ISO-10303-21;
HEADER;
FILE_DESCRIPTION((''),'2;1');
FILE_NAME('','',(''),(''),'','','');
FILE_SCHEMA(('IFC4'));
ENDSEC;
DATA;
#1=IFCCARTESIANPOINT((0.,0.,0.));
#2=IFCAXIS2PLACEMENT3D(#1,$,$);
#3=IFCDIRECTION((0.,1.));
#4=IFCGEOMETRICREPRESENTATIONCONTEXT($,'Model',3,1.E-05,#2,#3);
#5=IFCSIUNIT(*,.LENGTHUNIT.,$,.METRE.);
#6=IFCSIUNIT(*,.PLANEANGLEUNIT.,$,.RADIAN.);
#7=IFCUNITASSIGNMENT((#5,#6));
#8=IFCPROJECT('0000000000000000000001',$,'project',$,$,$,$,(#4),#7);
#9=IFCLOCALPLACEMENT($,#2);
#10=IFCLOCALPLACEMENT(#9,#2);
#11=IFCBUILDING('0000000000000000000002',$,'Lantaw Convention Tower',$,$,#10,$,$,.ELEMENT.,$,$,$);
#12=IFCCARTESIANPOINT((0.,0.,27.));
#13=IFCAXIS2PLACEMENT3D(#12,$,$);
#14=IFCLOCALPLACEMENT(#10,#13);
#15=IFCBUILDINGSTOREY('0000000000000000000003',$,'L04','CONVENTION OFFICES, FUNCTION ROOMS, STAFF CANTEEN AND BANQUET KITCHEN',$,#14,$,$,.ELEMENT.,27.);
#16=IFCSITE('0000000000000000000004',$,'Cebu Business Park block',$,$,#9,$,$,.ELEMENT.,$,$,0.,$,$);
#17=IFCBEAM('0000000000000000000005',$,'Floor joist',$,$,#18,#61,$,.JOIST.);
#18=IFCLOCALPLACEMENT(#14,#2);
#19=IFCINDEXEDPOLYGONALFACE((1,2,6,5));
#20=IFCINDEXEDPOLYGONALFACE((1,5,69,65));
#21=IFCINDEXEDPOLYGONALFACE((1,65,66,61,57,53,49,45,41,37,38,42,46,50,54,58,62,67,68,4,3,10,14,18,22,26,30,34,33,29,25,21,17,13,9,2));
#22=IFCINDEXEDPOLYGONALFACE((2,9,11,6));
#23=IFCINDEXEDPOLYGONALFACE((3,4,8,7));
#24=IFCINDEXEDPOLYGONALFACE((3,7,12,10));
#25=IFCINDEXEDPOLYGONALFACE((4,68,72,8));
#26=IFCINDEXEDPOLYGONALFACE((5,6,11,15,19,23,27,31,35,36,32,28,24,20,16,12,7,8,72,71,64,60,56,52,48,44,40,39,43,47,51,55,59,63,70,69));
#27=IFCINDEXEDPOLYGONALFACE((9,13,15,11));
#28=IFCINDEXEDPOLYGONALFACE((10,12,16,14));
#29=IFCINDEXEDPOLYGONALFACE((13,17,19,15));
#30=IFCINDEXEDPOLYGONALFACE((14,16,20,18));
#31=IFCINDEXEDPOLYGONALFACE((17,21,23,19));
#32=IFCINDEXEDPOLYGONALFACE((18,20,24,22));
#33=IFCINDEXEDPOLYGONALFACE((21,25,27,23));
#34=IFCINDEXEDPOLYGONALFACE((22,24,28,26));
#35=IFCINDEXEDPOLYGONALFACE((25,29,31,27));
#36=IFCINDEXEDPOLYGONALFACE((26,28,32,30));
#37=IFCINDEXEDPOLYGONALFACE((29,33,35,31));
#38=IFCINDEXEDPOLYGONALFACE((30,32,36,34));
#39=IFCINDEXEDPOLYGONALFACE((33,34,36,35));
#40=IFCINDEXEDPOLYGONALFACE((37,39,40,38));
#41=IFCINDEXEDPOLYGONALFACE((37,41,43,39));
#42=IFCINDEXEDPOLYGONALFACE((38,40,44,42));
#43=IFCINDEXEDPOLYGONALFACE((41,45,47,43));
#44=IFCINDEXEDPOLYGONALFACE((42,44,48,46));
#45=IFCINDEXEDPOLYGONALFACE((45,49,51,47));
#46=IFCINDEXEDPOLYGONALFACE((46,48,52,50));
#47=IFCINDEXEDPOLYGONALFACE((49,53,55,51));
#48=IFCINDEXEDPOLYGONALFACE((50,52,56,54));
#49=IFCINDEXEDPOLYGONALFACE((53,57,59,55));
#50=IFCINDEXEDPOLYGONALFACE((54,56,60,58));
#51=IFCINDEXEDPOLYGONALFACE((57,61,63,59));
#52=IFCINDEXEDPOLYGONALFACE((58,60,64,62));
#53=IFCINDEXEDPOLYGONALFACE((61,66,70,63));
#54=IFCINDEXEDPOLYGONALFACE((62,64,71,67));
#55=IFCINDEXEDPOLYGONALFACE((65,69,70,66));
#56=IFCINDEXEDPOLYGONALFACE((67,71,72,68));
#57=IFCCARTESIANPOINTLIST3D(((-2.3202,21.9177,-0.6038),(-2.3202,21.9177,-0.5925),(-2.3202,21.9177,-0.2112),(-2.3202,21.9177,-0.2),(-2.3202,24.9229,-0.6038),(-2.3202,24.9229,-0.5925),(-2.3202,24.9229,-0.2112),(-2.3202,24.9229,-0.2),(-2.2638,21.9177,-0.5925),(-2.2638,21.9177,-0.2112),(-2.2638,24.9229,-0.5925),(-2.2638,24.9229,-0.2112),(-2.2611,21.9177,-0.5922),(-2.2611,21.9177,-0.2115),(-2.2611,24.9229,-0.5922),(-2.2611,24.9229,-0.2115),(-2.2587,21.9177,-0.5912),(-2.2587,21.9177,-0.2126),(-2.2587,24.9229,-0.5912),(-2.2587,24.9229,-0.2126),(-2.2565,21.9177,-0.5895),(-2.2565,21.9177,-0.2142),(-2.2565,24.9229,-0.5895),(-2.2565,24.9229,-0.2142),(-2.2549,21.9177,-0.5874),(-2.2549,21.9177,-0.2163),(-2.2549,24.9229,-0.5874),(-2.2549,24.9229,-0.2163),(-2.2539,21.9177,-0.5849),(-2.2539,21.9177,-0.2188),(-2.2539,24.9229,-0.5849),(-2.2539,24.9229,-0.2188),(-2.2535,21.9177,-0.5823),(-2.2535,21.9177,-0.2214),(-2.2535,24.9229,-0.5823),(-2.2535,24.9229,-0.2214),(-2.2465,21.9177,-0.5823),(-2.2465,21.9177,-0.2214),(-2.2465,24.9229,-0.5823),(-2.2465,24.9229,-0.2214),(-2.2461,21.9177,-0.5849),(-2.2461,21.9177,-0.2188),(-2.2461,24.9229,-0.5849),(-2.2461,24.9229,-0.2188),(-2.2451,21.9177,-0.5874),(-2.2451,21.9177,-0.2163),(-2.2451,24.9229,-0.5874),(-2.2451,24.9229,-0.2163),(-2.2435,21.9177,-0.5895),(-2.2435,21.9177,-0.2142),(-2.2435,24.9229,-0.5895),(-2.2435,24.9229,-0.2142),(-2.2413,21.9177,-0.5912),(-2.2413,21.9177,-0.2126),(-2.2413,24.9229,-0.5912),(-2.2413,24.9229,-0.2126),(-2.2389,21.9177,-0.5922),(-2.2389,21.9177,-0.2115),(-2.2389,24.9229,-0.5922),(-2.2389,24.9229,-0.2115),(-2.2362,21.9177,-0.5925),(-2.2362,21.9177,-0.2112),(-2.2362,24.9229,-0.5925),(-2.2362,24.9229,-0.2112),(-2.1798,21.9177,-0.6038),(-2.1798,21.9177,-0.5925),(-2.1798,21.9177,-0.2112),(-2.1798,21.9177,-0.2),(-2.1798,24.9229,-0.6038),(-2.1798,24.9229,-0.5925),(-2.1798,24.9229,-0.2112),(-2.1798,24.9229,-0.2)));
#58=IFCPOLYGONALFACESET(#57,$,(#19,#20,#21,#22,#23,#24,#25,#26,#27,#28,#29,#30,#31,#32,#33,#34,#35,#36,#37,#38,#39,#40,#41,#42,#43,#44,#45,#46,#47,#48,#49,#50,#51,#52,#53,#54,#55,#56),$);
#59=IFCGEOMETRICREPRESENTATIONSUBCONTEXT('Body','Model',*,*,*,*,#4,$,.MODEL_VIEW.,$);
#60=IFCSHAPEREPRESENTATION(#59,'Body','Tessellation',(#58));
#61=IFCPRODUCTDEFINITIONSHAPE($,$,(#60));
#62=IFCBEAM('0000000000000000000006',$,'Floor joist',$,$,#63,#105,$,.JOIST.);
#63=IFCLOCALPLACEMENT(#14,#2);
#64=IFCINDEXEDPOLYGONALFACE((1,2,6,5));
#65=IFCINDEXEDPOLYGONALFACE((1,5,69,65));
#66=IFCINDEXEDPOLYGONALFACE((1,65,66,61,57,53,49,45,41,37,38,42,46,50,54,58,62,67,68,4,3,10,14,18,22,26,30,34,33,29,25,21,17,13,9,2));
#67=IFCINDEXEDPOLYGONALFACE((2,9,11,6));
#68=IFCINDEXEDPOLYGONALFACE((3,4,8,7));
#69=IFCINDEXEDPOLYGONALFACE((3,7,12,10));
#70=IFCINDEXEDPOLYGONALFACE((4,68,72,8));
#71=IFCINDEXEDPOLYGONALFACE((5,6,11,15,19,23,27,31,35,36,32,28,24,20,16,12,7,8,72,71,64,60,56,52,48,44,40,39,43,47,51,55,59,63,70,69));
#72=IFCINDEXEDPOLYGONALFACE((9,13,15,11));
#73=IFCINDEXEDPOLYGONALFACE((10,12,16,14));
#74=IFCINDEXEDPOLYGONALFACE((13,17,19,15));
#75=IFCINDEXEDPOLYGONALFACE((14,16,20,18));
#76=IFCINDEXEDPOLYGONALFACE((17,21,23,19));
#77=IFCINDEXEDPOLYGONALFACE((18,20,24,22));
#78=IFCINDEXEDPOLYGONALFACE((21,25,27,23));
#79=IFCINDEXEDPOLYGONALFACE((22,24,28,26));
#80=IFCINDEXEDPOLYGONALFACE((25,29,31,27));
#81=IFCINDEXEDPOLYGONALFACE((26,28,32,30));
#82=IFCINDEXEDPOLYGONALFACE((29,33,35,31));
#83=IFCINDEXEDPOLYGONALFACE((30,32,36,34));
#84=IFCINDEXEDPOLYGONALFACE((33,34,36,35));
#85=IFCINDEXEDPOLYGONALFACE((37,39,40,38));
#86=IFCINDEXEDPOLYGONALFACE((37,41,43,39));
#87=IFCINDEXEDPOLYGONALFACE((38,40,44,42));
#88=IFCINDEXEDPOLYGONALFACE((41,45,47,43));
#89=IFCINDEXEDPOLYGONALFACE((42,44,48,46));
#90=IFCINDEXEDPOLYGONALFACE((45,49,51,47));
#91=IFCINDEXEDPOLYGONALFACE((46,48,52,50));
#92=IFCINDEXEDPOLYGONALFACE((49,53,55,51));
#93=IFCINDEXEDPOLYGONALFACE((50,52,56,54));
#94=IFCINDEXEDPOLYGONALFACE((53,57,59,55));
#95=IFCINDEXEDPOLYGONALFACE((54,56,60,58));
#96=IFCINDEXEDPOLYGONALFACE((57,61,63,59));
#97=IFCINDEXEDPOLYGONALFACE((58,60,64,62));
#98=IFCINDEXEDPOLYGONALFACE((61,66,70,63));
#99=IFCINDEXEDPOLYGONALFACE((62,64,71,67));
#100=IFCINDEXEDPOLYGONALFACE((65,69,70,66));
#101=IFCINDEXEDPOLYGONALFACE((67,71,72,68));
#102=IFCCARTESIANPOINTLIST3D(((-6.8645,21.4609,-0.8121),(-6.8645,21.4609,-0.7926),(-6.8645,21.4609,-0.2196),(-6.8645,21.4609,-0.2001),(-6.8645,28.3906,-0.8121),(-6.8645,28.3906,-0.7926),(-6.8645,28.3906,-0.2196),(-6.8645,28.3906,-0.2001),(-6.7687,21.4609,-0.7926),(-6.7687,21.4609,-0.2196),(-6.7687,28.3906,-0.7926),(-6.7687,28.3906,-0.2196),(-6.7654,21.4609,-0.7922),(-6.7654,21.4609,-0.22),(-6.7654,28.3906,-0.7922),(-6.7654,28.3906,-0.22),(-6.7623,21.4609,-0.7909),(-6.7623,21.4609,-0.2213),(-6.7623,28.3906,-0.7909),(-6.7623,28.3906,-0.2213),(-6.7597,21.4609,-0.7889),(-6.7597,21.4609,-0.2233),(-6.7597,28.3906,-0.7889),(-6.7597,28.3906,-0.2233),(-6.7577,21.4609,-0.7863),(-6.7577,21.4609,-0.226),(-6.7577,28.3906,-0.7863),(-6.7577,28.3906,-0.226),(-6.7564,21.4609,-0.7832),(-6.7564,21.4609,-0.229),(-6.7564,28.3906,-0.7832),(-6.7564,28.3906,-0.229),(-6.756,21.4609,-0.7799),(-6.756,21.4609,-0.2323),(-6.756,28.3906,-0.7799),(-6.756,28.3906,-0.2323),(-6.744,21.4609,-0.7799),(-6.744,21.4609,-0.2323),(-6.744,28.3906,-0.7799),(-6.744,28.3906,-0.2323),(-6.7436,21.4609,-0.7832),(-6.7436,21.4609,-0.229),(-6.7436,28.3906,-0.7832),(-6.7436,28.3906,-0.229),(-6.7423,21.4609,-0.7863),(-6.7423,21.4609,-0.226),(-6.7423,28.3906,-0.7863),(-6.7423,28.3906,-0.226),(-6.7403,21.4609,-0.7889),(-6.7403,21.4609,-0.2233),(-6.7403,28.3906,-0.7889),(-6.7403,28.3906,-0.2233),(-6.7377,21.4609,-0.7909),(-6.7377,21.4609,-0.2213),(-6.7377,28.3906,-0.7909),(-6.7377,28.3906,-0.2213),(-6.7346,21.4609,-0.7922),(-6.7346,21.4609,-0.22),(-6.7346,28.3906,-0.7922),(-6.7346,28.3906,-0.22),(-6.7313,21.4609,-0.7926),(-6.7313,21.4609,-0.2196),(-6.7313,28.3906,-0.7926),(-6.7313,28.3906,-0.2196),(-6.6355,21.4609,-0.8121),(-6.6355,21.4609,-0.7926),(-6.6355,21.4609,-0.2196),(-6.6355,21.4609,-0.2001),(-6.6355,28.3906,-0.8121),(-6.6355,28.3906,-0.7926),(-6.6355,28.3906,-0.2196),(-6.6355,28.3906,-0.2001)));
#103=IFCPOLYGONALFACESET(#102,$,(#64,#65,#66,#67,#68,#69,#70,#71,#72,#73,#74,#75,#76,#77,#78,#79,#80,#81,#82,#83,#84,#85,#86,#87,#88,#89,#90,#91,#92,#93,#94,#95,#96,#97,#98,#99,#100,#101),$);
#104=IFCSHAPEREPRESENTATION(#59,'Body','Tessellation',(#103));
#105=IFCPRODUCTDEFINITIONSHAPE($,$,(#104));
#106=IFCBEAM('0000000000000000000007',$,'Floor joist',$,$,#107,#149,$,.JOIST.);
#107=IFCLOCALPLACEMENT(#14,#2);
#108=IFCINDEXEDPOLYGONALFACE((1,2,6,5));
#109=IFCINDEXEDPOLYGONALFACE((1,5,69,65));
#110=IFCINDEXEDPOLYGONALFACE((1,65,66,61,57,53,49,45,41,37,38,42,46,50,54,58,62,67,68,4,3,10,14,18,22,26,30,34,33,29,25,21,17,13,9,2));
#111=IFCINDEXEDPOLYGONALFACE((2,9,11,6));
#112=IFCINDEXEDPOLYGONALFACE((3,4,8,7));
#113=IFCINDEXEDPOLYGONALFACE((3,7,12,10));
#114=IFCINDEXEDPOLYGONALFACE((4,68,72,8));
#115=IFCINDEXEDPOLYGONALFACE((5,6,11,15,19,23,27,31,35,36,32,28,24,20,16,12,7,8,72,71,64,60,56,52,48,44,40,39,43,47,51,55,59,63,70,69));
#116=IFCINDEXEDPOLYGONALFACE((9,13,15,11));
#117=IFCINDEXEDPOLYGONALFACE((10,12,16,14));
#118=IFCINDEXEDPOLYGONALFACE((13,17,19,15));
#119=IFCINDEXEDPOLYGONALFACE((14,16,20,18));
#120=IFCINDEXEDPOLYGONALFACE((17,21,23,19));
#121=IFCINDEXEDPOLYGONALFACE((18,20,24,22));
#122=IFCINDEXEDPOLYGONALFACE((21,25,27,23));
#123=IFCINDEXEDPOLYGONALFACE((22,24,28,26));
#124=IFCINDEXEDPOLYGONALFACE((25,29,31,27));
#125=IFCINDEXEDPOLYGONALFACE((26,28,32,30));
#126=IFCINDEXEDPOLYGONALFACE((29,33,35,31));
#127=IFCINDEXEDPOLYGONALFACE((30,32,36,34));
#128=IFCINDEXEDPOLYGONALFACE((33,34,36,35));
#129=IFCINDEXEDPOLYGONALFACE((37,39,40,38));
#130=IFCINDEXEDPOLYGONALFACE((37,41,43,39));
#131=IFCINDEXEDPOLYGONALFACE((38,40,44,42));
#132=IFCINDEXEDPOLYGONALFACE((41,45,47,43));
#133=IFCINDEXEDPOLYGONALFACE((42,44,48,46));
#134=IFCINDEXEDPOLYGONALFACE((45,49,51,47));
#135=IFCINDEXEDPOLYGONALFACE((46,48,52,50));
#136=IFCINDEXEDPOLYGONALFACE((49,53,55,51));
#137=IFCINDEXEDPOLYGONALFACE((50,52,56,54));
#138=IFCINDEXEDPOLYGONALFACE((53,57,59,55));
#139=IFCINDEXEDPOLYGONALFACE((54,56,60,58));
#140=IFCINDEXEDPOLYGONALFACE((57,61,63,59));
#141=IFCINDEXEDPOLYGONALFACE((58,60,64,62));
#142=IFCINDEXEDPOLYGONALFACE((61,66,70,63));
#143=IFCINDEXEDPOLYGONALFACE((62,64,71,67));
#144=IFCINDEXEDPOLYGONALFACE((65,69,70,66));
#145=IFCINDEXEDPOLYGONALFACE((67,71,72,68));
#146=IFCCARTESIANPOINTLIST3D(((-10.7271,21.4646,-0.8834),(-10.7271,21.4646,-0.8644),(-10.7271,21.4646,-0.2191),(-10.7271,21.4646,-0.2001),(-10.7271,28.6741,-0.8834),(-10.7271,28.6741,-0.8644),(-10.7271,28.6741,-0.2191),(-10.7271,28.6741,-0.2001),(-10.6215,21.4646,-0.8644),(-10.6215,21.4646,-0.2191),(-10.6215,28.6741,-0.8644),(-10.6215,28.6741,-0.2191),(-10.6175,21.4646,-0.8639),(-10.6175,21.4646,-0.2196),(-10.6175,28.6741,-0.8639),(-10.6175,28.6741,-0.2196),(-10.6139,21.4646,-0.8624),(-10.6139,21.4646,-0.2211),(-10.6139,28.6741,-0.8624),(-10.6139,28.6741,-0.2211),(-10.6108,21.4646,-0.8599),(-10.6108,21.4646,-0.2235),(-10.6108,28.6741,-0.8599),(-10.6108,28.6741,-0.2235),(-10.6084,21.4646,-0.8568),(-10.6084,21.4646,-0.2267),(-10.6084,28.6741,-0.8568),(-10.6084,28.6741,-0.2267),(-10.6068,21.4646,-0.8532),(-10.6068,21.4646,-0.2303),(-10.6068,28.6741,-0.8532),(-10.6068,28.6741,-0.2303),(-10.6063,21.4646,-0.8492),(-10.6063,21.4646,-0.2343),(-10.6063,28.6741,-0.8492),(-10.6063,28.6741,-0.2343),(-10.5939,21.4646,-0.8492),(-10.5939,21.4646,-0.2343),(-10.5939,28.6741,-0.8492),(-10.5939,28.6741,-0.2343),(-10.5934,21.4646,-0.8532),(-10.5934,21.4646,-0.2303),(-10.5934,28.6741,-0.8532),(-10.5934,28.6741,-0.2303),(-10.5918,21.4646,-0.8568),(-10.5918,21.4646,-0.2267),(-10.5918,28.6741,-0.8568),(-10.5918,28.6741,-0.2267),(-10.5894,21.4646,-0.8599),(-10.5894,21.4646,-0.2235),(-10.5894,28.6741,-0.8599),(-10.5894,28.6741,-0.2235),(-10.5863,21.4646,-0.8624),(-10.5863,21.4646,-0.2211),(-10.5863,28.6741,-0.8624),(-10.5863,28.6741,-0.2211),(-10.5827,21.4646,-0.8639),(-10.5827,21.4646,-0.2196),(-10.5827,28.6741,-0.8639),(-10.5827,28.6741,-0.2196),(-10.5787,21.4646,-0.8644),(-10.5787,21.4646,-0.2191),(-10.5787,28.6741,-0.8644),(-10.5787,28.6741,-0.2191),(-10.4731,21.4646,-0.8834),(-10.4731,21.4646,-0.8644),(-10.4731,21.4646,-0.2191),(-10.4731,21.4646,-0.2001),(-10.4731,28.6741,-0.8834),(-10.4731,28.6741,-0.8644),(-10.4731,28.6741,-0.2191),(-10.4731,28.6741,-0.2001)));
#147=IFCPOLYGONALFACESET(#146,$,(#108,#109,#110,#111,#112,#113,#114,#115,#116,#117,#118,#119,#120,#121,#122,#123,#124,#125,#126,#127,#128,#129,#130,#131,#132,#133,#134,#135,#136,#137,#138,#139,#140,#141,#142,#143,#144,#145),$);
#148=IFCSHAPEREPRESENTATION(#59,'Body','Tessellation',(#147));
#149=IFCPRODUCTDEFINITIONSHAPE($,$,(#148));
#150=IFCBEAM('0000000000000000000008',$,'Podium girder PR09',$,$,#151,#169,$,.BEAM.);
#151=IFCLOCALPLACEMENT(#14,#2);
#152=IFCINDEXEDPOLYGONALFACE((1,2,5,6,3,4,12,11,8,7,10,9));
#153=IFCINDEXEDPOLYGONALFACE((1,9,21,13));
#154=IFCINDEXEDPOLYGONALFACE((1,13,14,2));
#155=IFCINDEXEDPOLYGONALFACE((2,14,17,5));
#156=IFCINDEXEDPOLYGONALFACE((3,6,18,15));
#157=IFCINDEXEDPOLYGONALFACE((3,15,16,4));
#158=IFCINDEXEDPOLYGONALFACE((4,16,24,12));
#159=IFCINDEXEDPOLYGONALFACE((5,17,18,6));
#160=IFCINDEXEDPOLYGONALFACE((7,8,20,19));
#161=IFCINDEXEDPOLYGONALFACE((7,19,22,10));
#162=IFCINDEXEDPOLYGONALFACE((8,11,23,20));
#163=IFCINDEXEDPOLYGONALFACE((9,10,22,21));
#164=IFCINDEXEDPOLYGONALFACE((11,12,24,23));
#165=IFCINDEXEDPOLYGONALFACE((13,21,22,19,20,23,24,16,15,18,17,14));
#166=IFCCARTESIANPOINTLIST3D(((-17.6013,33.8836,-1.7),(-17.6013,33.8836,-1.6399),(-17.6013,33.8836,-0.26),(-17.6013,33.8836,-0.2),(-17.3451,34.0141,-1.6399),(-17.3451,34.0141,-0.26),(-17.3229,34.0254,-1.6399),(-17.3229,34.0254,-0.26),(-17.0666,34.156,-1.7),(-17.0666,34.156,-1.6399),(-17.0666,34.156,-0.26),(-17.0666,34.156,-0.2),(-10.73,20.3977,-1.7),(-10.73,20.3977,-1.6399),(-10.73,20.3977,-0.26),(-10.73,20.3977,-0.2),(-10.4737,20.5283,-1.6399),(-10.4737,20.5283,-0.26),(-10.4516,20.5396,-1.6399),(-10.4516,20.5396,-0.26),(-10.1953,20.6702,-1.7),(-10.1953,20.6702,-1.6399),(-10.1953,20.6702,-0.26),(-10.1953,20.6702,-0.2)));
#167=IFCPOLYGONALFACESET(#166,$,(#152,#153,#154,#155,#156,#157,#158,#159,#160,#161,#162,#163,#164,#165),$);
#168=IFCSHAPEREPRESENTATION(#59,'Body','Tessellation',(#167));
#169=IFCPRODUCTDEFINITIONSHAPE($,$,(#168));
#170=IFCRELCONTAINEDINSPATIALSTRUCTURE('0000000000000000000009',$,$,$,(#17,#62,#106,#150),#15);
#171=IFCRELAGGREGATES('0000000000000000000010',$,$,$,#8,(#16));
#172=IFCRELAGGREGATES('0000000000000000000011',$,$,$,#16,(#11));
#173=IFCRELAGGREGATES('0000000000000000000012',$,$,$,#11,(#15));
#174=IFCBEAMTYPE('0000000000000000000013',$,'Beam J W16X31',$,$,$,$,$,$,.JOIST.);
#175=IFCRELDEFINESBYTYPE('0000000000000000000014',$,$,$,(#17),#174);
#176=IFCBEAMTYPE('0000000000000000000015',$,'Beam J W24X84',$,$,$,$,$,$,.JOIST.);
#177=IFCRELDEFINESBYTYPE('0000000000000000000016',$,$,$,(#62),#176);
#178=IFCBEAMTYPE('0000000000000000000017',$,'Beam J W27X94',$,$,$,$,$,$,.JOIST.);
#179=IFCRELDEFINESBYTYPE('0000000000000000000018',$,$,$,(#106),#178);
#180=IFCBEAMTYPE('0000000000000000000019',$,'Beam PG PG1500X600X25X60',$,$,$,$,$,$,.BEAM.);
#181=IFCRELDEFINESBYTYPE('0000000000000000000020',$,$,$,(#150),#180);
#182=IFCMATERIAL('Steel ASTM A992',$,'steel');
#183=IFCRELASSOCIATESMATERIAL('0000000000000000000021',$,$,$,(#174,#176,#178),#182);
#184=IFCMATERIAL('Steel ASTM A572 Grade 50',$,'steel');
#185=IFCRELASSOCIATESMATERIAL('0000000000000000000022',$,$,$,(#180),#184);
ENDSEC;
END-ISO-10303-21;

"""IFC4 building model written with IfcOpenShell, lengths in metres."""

from ifc_helpers import new_model, si_unit, direction, frame, origin, origin_2d, place, context, subcontext, project, spatial, i_section, extrude, material, material_profile, profile_set, type_object, element, save


model = new_model("IFC4")

# Units and contexts
model_context = context("Model", 3, precision=1e-05, world=origin(), true_north=direction((0.0, 1.0)))
body_context = subcontext(model_context, "Body", "Model", "MODEL_VIEW")
ifc_project = project(units=[si_unit("LENGTHUNIT", "METRE"), si_unit("PLANEANGLEUNIT", "RADIAN")], contexts=[model_context])

# Site, building, storey
site_placement = place(None, origin())
site = spatial("IfcSite", under=ifc_project, at=site_placement, Name="Cebu Business Park block", CompositionType="ELEMENT", RefElevation=0.0)
building_placement = place(site_placement, origin())
building = spatial("IfcBuilding", under=site, at=building_placement, Name="Lantaw Convention Tower", CompositionType="ELEMENT")
storey_placement = place(building_placement, frame((0.0, 0.0, 27.0)))
storey = spatial("IfcBuildingStorey", under=building, at=storey_placement, Name="L04", Description="CONVENTION OFFICES, FUNCTION ROOMS, STAFF CANTEEN AND BANQUET KITCHEN", CompositionType="ELEMENT", Elevation=27.0)

# Shared definitions
ifc_material_1 = material(Name="Steel ASTM A572 Grade 50", Category="steel")

# Beams
ifc_material_2 = material(Name="Steel ASTM A992", Category="steel")
ifc_material_profile_1 = material_profile(ifc_material_2, i_section(OverallWidth=0.1404, OverallDepth=0.4038, WebThickness=0.0071, FlangeThickness=0.0112, FilletRadius=0.0103, at=origin_2d()), Name="W16X31")
ifc_profile_set_1 = profile_set([ifc_material_profile_1], Name="Steel ASTM A992")
beam_type_1 = type_object("IfcBeamType", Name="Beam J W16X31", PredefinedType="JOIST", material=ifc_profile_set_1)
beam_1_placement = place(storey_placement, frame((-2.25, 21.9177, -0.4019), z_axis=(0.0, 1.0, 0.0), x_axis=(-1.0, 0.0, 0.0)))
element("IfcBeam", 1, at=beam_1_placement, inside=storey, type_object=beam_type_1, Name="Floor joist", PredefinedType="JOIST", context=body_context, shape_type="SweptSolid", body=[
    extrude(i_section(OverallWidth=0.1404, OverallDepth=0.4038, WebThickness=0.0071, FlangeThickness=0.0112, FilletRadius=0.0103, at=origin_2d()), origin(), (0.0, 0.0, 1.0), 3.0051),
])
ifc_material_profile_2 = material_profile(ifc_material_2, i_section(OverallWidth=0.229, OverallDepth=0.6121, WebThickness=0.012, FlangeThickness=0.0195, FilletRadius=0.0127, at=origin_2d()), Name="W24X84")
ifc_profile_set_2 = profile_set([ifc_material_profile_2], Name="Steel ASTM A992")
beam_type_2 = type_object("IfcBeamType", Name="Beam J W24X84", PredefinedType="JOIST", material=ifc_profile_set_2)
beam_2_placement = place(storey_placement, frame((-6.75, 21.4609, -0.5061), z_axis=(0.0, 1.0, 0.0), x_axis=(-1.0, 0.0, 0.0)))
element("IfcBeam", 2, at=beam_2_placement, inside=storey, type_object=beam_type_2, Name="Floor joist", PredefinedType="JOIST", context=body_context, shape_type="SweptSolid", body=[
    extrude(i_section(OverallWidth=0.229, OverallDepth=0.6121, WebThickness=0.012, FlangeThickness=0.0195, FilletRadius=0.0127, at=origin_2d()), origin(), (0.0, 0.0, 1.0), 6.9297),
])
ifc_material_profile_3 = material_profile(ifc_material_2, i_section(OverallWidth=0.2539, OverallDepth=0.6833, WebThickness=0.0125, FlangeThickness=0.019, FilletRadius=0.0151, at=origin_2d()), Name="W27X94")
ifc_profile_set_3 = profile_set([ifc_material_profile_3], Name="Steel ASTM A992")
beam_type_3 = type_object("IfcBeamType", Name="Beam J W27X94", PredefinedType="JOIST", material=ifc_profile_set_3)
beam_3_placement = place(storey_placement, frame((-10.6001, 21.4646, -0.5417), z_axis=(0.0, 1.0, 0.0), x_axis=(-1.0, 0.0, 0.0)))
element("IfcBeam", 3, at=beam_3_placement, inside=storey, type_object=beam_type_3, Name="Floor joist", PredefinedType="JOIST", context=body_context, shape_type="SweptSolid", body=[
    extrude(i_section(OverallWidth=0.2539, OverallDepth=0.6833, WebThickness=0.0125, FlangeThickness=0.019, FilletRadius=0.0151, at=origin_2d()), origin(), (0.0, 0.0, 1.0), 7.2095),
])
ifc_material_profile_4 = material_profile(ifc_material_1, i_section(OverallWidth=0.6001, OverallDepth=1.5, WebThickness=0.0249, FlangeThickness=0.0601, at=origin_2d()), Name="PG1500X600X25X60")
ifc_profile_set_4 = profile_set([ifc_material_profile_4], Name="Steel ASTM A572 Grade 50")
beam_type_4 = type_object("IfcBeamType", Name="Beam PG PG1500X600X25X60", PredefinedType="BEAM", material=ifc_profile_set_4)
beam_4_placement = place(storey_placement, frame((-10.4626, 20.5339, -0.95), z_axis=(-0.453988, 0.891008, 0.0), x_axis=(-0.891008, -0.453988, 0.0)))
element("IfcBeam", 4, at=beam_4_placement, inside=storey, type_object=beam_type_4, Name="Podium girder PR09", PredefinedType="BEAM", context=body_context, shape_type="SweptSolid", body=[
    extrude(i_section(OverallWidth=0.6001, OverallDepth=1.5, WebThickness=0.0249, FlangeThickness=0.0601, at=origin_2d()), origin(), (0.0, 0.0, 1.0), 15.1355),
])

save(model, "model.ifc")
